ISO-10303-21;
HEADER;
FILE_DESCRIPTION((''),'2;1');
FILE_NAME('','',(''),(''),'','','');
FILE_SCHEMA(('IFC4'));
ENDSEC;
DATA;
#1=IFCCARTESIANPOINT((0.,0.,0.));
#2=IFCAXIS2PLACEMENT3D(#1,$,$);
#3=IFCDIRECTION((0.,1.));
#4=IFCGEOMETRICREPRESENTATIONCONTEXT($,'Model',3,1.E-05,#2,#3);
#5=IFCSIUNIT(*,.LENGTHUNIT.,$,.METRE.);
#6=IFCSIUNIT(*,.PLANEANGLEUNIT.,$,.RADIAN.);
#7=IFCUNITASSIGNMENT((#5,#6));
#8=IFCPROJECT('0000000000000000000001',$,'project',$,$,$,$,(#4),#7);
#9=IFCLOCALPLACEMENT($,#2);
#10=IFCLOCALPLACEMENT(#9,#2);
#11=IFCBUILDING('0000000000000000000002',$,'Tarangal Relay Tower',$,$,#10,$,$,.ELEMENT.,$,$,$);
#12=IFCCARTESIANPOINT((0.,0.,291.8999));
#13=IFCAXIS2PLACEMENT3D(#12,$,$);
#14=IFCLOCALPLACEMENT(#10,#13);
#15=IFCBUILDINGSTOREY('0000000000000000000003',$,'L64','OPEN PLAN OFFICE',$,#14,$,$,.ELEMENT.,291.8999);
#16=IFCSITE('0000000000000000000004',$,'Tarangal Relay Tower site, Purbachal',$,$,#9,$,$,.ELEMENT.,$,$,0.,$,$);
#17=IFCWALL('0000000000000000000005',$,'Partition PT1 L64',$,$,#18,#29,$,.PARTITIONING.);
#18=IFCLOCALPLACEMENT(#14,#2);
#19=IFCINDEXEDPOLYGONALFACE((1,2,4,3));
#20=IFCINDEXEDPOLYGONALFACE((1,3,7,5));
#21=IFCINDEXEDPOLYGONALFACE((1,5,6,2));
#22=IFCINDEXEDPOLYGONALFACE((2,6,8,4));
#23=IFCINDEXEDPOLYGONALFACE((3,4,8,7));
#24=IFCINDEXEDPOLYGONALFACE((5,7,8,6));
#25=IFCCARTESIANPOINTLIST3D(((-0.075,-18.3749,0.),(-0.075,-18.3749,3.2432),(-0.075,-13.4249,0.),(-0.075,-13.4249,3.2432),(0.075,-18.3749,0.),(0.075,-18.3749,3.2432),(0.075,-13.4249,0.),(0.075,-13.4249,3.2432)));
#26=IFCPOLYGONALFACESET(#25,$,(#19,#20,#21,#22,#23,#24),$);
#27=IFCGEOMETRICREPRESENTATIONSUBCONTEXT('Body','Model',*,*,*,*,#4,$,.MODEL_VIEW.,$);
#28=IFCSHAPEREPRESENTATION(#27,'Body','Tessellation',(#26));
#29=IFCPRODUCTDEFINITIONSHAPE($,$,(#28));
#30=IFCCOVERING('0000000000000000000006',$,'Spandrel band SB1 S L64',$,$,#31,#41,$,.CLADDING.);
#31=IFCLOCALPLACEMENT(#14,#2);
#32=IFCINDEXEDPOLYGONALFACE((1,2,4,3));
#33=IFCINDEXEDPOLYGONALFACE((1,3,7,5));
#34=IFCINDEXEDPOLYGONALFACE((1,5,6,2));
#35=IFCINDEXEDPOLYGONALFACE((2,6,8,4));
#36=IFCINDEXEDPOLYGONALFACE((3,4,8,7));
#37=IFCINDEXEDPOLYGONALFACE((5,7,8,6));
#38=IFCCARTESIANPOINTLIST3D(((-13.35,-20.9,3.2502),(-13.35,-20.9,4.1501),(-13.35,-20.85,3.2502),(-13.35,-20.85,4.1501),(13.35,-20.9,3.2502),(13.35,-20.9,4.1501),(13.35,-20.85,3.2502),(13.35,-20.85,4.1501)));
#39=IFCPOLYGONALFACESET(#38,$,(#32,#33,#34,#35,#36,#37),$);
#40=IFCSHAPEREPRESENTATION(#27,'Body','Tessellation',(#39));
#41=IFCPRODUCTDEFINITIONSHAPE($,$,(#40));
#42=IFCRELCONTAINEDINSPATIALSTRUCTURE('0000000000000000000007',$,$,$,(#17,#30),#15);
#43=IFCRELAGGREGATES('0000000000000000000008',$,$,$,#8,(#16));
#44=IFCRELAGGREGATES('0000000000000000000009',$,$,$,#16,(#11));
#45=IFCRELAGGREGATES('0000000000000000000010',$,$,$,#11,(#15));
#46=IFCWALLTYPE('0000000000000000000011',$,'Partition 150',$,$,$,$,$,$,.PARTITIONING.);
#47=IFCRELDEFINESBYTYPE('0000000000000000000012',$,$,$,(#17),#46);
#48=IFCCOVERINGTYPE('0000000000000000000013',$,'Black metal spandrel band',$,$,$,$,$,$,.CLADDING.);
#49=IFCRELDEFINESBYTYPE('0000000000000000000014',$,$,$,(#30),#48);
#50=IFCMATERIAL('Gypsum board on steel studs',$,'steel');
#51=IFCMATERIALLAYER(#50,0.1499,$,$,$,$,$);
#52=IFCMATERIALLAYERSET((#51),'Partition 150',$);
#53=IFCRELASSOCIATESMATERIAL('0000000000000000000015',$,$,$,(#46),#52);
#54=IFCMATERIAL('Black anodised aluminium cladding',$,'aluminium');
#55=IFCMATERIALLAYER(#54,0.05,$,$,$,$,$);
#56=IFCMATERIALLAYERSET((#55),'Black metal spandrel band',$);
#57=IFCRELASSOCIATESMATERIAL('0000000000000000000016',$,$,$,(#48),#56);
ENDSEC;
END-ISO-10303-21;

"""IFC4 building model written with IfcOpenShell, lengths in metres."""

from ifc_helpers import new_model, si_unit, direction, frame, frame_2d, origin, origin_2d, place, context, subcontext, project, spatial, rectangle, extrude, material, layer, layer_set, type_object, element, save


model = new_model("IFC4")

# Units and contexts
model_context = context("Model", 3, precision=1e-05, world=origin(), true_north=direction((0.0, 1.0)))
body_context = subcontext(model_context, "Body", "Model", "MODEL_VIEW")
ifc_project = project(units=[si_unit("LENGTHUNIT", "METRE"), si_unit("PLANEANGLEUNIT", "RADIAN")], contexts=[model_context])

# Site, building, storey
site_placement = place(None, origin())
site = spatial("IfcSite", under=ifc_project, at=site_placement, Name="Tarangal Relay Tower site, Purbachal", CompositionType="ELEMENT", RefElevation=0.0)
building_placement = place(site_placement, origin())
building = spatial("IfcBuilding", under=site, at=building_placement, Name="Tarangal Relay Tower", CompositionType="ELEMENT")
storey_placement = place(building_placement, frame((0.0, 0.0, 291.8999)))
storey = spatial("IfcBuildingStorey", under=building, at=storey_placement, Name="L64", Description="OPEN PLAN OFFICE", CompositionType="ELEMENT", Elevation=291.8999)

# Shared definitions
ifc_material_1 = material(Name="Gypsum board on steel studs", Category="steel")
ifc_layer_1 = layer(ifc_material_1, 0.1499)
ifc_layer_set_1 = layer_set([ifc_layer_1], Name="Partition 150")
wall_type = type_object("IfcWallType", Name="Partition 150", PredefinedType="PARTITIONING", material=ifc_layer_set_1)

# Wall
wall_1_placement = place(storey_placement, frame((0.0, -18.375, 0.0), z_axis=(0.0, 0.0, 1.0), x_axis=(0.0, 1.0, 0.0)))
element("IfcWall", 1, at=wall_1_placement, inside=storey, type_object=wall_type, Name="Partition PT1 L64", PredefinedType="PARTITIONING", context=body_context, shape_type="SweptSolid", body=[
    extrude(rectangle(XDim=4.95, YDim=0.1499, at=frame_2d((2.4751, 0.0))), origin(), (0.0, 0.0, 1.0), 3.2432),
])

# Covering
ifc_material_2 = material(Name="Black anodised aluminium cladding", Category="aluminium")
ifc_layer_2 = layer(ifc_material_2, 0.05)
ifc_layer_set_2 = layer_set([ifc_layer_2], Name="Black metal spandrel band")
covering_type = type_object("IfcCoveringType", Name="Black metal spandrel band", PredefinedType="CLADDING", material=ifc_layer_set_2)
covering_placement = place(storey_placement, frame((0.0, -20.875, 3.2502), z_axis=(0.0, 0.0, 1.0), x_axis=(-1.0, 0.0, 0.0)))
element("IfcCovering", 2, at=covering_placement, inside=storey, type_object=covering_type, Name="Spandrel band SB1 S L64", PredefinedType="CLADDING", context=body_context, shape_type="SweptSolid", body=[
    extrude(rectangle(XDim=26.7, YDim=0.05, at=origin_2d()), origin(), (0.0, 0.0, 1.0), 0.8999),
])

save(model, "model.ifc")
